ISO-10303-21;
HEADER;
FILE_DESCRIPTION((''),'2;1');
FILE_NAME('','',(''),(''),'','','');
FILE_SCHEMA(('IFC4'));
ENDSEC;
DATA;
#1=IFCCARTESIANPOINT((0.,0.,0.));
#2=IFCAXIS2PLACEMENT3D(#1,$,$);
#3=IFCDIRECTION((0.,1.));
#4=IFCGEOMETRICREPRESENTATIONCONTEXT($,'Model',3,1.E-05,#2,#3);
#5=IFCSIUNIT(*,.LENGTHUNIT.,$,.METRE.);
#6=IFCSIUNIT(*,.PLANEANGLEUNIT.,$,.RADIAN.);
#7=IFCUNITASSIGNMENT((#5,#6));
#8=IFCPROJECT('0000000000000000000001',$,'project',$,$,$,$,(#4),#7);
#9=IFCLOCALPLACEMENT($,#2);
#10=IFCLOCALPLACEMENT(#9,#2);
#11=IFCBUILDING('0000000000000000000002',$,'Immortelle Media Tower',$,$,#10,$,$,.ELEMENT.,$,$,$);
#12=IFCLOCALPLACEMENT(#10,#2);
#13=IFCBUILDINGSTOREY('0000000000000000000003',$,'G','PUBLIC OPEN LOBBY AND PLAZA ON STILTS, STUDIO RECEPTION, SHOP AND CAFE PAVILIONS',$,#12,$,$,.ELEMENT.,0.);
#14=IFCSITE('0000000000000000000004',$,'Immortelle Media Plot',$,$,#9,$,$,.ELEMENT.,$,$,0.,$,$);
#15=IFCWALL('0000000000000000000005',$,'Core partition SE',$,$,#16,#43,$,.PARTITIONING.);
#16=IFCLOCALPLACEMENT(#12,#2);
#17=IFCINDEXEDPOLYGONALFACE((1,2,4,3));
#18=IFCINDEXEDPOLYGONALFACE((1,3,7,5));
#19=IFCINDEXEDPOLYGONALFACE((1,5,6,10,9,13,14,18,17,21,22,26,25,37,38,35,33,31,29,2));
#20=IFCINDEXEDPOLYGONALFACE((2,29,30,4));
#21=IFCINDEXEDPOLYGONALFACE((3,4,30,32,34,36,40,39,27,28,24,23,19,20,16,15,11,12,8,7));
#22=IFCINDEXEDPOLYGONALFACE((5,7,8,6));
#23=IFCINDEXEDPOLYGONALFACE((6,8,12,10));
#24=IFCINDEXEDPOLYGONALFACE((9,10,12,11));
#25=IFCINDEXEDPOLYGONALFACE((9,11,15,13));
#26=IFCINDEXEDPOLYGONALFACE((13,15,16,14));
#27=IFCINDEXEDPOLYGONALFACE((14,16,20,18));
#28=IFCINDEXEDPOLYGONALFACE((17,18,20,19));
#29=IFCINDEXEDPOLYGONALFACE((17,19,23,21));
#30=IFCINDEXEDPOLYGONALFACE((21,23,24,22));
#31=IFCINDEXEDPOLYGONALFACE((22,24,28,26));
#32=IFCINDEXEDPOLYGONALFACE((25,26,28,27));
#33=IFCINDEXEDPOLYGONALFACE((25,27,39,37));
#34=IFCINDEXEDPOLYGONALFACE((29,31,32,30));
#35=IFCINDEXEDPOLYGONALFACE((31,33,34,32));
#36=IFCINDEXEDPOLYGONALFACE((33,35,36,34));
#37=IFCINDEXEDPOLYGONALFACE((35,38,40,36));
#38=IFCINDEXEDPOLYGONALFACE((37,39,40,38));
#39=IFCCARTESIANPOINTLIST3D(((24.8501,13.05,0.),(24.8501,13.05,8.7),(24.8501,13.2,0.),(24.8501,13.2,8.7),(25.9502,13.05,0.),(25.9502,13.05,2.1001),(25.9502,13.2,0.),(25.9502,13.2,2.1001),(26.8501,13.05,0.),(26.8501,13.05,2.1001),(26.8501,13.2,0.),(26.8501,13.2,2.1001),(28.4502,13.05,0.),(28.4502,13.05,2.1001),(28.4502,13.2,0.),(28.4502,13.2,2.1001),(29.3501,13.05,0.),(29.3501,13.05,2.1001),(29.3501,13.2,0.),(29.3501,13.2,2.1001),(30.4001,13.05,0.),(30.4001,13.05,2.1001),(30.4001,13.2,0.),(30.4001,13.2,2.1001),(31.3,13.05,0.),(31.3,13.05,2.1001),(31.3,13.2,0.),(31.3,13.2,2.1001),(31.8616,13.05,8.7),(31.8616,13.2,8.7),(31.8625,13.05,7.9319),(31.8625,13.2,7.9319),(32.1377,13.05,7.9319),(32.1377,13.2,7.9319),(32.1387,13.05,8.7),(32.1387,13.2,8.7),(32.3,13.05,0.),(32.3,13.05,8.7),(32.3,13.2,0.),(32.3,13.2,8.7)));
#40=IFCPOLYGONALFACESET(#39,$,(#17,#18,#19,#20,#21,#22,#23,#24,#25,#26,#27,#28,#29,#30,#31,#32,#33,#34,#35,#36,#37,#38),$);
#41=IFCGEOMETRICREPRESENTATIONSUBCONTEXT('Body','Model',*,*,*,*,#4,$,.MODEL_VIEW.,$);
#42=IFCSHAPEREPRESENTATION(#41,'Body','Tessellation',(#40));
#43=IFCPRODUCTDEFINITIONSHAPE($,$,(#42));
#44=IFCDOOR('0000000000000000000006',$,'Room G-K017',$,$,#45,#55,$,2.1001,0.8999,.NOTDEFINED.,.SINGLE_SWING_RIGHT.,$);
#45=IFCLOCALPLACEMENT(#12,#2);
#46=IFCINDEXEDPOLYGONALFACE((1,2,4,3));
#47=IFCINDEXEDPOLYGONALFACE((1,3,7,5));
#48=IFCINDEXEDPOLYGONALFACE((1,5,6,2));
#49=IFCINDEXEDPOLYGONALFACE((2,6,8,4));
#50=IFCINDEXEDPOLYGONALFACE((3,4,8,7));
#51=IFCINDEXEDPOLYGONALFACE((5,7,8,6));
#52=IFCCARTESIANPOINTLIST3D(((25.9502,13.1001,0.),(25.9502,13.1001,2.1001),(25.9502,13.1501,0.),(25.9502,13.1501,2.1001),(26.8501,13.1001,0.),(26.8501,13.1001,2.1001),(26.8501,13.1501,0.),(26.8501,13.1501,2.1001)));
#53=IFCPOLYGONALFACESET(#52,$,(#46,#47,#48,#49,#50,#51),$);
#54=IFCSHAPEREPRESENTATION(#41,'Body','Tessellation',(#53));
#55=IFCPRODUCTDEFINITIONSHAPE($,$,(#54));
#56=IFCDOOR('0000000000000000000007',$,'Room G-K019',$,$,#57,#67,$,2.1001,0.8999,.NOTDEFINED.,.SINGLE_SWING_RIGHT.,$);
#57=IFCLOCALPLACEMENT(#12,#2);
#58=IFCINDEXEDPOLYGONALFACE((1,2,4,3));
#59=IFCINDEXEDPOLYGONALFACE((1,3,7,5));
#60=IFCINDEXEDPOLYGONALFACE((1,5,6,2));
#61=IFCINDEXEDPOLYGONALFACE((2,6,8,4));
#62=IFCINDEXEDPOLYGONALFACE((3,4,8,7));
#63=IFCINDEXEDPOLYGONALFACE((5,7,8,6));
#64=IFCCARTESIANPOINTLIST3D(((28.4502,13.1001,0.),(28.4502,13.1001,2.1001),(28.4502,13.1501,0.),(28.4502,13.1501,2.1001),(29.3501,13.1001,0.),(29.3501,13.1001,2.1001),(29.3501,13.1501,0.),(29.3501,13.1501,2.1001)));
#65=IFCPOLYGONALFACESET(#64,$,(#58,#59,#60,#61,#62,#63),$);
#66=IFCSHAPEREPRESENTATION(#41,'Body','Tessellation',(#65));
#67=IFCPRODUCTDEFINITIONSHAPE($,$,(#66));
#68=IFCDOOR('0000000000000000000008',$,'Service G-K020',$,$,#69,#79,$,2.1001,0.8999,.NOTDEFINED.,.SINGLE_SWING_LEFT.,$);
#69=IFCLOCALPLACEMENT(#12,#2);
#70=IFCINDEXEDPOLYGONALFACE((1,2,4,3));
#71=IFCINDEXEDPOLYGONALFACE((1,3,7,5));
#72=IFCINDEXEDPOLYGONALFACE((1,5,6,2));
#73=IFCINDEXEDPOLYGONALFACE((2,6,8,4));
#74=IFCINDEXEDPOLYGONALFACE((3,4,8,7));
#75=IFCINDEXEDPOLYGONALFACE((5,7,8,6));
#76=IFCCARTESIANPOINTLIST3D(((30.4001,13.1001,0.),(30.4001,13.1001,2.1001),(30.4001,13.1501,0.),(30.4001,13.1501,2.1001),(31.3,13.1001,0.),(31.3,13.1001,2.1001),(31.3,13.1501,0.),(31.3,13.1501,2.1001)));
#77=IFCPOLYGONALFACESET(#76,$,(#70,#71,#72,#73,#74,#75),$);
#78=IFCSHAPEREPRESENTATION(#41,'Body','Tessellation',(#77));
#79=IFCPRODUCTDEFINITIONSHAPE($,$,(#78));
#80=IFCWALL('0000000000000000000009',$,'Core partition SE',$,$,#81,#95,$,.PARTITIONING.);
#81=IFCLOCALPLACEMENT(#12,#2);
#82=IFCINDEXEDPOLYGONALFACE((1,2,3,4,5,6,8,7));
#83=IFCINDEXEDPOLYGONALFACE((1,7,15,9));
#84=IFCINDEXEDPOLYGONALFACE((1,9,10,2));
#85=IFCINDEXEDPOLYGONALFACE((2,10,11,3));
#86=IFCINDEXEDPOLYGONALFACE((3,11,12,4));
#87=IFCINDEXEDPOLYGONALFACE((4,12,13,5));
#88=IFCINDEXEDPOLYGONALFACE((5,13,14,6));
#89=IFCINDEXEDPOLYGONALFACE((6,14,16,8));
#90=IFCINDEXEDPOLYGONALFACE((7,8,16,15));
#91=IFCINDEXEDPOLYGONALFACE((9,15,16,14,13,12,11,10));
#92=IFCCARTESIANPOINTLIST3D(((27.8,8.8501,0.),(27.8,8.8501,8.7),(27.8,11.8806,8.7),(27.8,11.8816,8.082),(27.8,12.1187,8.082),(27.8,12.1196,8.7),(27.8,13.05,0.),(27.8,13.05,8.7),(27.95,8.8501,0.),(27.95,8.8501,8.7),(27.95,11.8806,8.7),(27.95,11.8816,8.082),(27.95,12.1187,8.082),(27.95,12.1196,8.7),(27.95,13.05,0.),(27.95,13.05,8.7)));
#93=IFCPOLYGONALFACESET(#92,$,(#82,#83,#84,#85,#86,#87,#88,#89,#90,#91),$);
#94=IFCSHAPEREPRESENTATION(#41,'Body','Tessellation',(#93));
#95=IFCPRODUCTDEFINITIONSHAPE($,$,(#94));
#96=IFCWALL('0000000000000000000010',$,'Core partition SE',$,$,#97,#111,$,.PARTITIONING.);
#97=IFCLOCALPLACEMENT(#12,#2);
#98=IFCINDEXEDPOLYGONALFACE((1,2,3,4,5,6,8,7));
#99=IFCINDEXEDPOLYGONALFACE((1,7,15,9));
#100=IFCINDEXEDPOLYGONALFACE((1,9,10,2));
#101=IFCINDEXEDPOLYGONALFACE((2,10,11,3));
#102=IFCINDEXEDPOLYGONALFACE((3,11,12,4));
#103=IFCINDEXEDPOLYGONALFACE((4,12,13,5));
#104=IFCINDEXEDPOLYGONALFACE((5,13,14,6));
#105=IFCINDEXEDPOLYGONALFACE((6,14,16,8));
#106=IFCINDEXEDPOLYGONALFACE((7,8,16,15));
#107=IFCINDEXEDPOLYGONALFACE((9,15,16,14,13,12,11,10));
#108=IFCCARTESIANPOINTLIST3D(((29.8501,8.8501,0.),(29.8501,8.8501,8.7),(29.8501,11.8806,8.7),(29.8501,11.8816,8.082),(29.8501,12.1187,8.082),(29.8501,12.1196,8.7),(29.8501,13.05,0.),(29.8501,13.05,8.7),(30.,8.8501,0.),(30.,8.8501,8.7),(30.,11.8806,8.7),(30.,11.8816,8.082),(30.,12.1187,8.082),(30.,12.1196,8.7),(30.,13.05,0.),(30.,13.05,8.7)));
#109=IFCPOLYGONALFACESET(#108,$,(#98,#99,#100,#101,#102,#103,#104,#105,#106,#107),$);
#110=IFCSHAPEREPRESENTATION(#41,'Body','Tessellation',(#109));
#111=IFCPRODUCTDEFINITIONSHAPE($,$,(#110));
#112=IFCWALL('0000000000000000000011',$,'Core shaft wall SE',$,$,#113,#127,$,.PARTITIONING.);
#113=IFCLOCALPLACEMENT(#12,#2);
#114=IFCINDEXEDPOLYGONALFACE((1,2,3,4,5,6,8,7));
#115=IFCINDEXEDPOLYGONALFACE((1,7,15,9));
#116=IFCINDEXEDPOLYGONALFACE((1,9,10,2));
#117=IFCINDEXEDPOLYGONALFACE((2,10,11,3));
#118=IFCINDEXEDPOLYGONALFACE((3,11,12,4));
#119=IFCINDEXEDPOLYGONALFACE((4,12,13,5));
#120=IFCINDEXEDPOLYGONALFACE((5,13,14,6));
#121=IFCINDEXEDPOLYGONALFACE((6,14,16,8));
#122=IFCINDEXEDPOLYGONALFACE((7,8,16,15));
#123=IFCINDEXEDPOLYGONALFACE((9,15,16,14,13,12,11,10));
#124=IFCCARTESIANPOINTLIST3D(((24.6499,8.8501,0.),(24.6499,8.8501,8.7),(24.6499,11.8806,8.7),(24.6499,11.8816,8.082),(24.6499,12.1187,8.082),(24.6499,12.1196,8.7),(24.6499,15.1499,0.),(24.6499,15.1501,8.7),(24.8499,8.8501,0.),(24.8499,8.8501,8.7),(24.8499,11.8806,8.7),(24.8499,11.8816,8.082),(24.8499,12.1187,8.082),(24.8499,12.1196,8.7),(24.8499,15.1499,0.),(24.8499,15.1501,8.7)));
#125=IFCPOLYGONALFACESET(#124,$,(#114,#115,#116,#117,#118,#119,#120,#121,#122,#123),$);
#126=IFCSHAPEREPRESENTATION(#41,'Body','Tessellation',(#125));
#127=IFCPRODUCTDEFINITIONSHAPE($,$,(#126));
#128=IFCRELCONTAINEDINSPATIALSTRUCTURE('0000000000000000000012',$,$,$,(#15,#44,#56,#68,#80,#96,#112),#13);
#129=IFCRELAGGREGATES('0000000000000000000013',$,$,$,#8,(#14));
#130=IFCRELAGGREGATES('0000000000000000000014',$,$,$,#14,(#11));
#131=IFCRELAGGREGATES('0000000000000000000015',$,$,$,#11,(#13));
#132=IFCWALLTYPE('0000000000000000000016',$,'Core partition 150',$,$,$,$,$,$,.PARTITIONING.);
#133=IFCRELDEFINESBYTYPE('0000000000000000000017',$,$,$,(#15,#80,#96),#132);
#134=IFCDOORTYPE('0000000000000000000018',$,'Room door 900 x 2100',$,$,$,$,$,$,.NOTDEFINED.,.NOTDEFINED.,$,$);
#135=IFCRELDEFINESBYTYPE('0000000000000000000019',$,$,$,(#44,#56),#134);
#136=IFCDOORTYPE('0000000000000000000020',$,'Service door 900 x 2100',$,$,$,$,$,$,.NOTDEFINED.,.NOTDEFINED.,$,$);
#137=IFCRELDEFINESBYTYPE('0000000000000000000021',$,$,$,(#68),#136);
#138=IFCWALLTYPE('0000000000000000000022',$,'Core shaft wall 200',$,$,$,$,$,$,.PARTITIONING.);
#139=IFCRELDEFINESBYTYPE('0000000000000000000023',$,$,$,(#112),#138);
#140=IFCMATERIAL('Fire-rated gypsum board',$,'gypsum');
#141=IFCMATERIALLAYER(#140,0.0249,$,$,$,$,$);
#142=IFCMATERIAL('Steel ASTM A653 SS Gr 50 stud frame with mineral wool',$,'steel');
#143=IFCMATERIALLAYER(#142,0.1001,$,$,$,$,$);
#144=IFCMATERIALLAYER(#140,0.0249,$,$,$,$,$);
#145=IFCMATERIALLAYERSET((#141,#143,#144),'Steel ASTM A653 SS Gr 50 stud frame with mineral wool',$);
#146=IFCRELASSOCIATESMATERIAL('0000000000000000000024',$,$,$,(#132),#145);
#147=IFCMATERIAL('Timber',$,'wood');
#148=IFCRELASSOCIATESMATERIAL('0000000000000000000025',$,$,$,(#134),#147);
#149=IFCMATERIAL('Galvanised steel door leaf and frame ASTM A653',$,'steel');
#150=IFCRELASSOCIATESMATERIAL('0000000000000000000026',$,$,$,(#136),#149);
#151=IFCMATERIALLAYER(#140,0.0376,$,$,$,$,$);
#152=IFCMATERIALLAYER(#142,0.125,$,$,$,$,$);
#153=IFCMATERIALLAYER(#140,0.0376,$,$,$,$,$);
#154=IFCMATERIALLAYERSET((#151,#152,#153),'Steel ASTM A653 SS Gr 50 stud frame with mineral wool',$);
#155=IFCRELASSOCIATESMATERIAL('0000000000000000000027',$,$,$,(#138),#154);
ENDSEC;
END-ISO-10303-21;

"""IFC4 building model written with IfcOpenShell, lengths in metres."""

from ifc_helpers import new_model, si_unit, direction, frame, frame_2d, origin, place, context, subcontext, project, spatial, polyline, rectangle, outline, extrude, material, layer, layer_set, type_object, element, fill, save


model = new_model("IFC4")

# Units and contexts
model_context = context("Model", 3, precision=1e-05, world=origin(), true_north=direction((0.0, 1.0)))
body_context = subcontext(model_context, "Body", "Model", "MODEL_VIEW")
ifc_project = project(units=[si_unit("LENGTHUNIT", "METRE"), si_unit("PLANEANGLEUNIT", "RADIAN")], contexts=[model_context])

# Site, building, storey
site_placement = place(None, origin())
site = spatial("IfcSite", under=ifc_project, at=site_placement, Name="Immortelle Media Plot", CompositionType="ELEMENT", RefElevation=0.0)
building_placement = place(site_placement, origin())
building = spatial("IfcBuilding", under=site, at=building_placement, Name="Immortelle Media Tower", CompositionType="ELEMENT")
storey_placement = place(building_placement, origin())
storey = spatial("IfcBuildingStorey", under=building, at=storey_placement, Name="G", Description="PUBLIC OPEN LOBBY AND PLAZA ON STILTS, STUDIO RECEPTION, SHOP AND CAFE PAVILIONS", CompositionType="ELEMENT", Elevation=0.0)

# Wall, openings, doors
ifc_material_1 = material(Name="Fire-rated gypsum board", Category="gypsum")
ifc_layer_1 = layer(ifc_material_1, 0.0249)
ifc_material_2 = material(Name="Steel ASTM A653 SS Gr 50 stud frame with mineral wool", Category="steel")
ifc_layer_2 = layer(ifc_material_2, 0.1001)
ifc_layer_3 = layer(ifc_material_1, 0.0249)
ifc_layer_set_1 = layer_set([ifc_layer_1, ifc_layer_2, ifc_layer_3], Name="Steel ASTM A653 SS Gr 50 stud frame with mineral wool")
wall_type_1 = type_object("IfcWallType", Name="Core partition 150", PredefinedType="PARTITIONING", material=ifc_layer_set_1)
wall_1_placement = place(storey_placement, frame((24.8501, 13.125, 0.0), z_axis=(0.0, 0.0, 1.0), x_axis=(1.0, 0.0, 0.0)))
wall_1 = element("IfcWall", 1, at=wall_1_placement, inside=storey, type_object=wall_type_1, Name="Core partition SE", PredefinedType="PARTITIONING", context=body_context, shape_type="SweptSolid", body=[
    extrude(outline(polyline([(0.0, 0.0), (7.45, 0.0), (7.45, 8.7), (7.2886, 8.7), (7.2876, 7.9319), (7.0125, 7.9319), (7.0115, 8.7), (0.0, 8.7), (0.0, 0.0)])), frame((0.0, 0.075, 0.0), z_axis=(0.0, -1.0, 0.0), x_axis=(1.0, 0.0, 0.0)), (0.0, 0.0, 1.0), 0.1499),
])
opening_1_placement = place(wall_1_placement, frame((2.0, 0.0, 0.0), z_axis=(0.0, 0.0, 1.0), x_axis=(-1.0, 0.0, 0.0)))
opening_1 = element("IfcOpeningElement", 2, at=opening_1_placement, cuts=wall_1, PredefinedType="OPENING", context=body_context, shape_type="SweptSolid", body=[
    extrude(rectangle(XDim=0.8999, YDim=2.1001, at=frame_2d((0.45, 1.05))), frame((0.0, 0.085, 0.0), z_axis=(0.0, -1.0, 0.0), x_axis=(1.0, 0.0, 0.0)), (0.0, 0.0, 1.0), 0.1699),
])
opening_2_placement = place(wall_1_placement, frame((4.5, 0.0, 0.0), z_axis=(0.0, 0.0, 1.0), x_axis=(-1.0, 0.0, 0.0)))
opening_2 = element("IfcOpeningElement", 3, at=opening_2_placement, cuts=wall_1, PredefinedType="OPENING", context=body_context, shape_type="SweptSolid", body=[
    extrude(rectangle(XDim=0.8999, YDim=2.1001, at=frame_2d((0.45, 1.05))), frame((0.0, 0.085, 0.0), z_axis=(0.0, -1.0, 0.0), x_axis=(1.0, 0.0, 0.0)), (0.0, 0.0, 1.0), 0.1699),
])
opening_3_placement = place(wall_1_placement, frame((6.45, 0.0, 0.0), z_axis=(0.0, 0.0, 1.0), x_axis=(-1.0, 0.0, 0.0)))
opening_3 = element("IfcOpeningElement", 4, at=opening_3_placement, cuts=wall_1, PredefinedType="OPENING", context=body_context, shape_type="SweptSolid", body=[
    extrude(rectangle(XDim=0.8999, YDim=2.1001, at=frame_2d((0.45, 1.05))), frame((0.0, 0.085, 0.0), z_axis=(0.0, -1.0, 0.0), x_axis=(1.0, 0.0, 0.0)), (0.0, 0.0, 1.0), 0.1699),
])
ifc_material_3 = material(Name="Timber", Category="wood")
door_type_1 = type_object("IfcDoorType", Name="Room door 900 x 2100", OperationType="NOTDEFINED", PredefinedType="NOTDEFINED", material=ifc_material_3)
door_1_placement = place(opening_1_placement, origin())
door_1 = element("IfcDoor", 5, at=door_1_placement, inside=storey, type_object=door_type_1, Name="Room G-K017", OperationType="SINGLE_SWING_RIGHT", OverallHeight=2.1001, OverallWidth=0.8999, PredefinedType="NOTDEFINED", context=body_context, shape_type="SweptSolid", body=[
    extrude(rectangle(XDim=0.8999, YDim=2.1001, at=frame_2d((0.45, 1.05))), frame((0.0, 0.0249, 0.0), z_axis=(0.0, -1.0, 0.0), x_axis=(1.0, 0.0, 0.0)), (0.0, 0.0, 1.0), 0.05),
])
fill(opening_1, door_1)
door_2_placement = place(opening_2_placement, origin())
door_2 = element("IfcDoor", 6, at=door_2_placement, inside=storey, type_object=door_type_1, Name="Room G-K019", OperationType="SINGLE_SWING_RIGHT", OverallHeight=2.1001, OverallWidth=0.8999, PredefinedType="NOTDEFINED", context=body_context, shape_type="SweptSolid", body=[
    extrude(rectangle(XDim=0.8999, YDim=2.1001, at=frame_2d((0.45, 1.05))), frame((0.0, 0.0249, 0.0), z_axis=(0.0, -1.0, 0.0), x_axis=(1.0, 0.0, 0.0)), (0.0, 0.0, 1.0), 0.05),
])
fill(opening_2, door_2)
ifc_material_4 = material(Name="Galvanised steel door leaf and frame ASTM A653", Category="steel")
door_type_2 = type_object("IfcDoorType", Name="Service door 900 x 2100", OperationType="NOTDEFINED", PredefinedType="NOTDEFINED", material=ifc_material_4)
door_3_placement = place(opening_3_placement, origin())
door_3 = element("IfcDoor", 7, at=door_3_placement, inside=storey, type_object=door_type_2, Name="Service G-K020", OperationType="SINGLE_SWING_LEFT", OverallHeight=2.1001, OverallWidth=0.8999, PredefinedType="NOTDEFINED", context=body_context, shape_type="SweptSolid", body=[
    extrude(rectangle(XDim=0.8999, YDim=2.1001, at=frame_2d((0.45, 1.05))), frame((0.0, 0.0249, 0.0), z_axis=(0.0, -1.0, 0.0), x_axis=(1.0, 0.0, 0.0)), (0.0, 0.0, 1.0), 0.05),
])
fill(opening_3, door_3)

# Walls
for number, where, z_axis, x_axis, name in (
    (8, (27.875, 8.8501, 0.0), (0.0, 0.0, 1.0), (0.0, 1.0, 0.0), "Core partition SE"),
    (9, (29.925, 8.8501, 0.0), (0.0, 0.0, 1.0), (0.0, 1.0, 0.0), "Core partition SE"),
):
    element("IfcWall", number, at=place(storey_placement, frame(where, z_axis=z_axis, x_axis=x_axis)), inside=storey, type_object=wall_type_1, Name=name, PredefinedType="PARTITIONING", context=body_context, shape_type="SweptSolid", body=[
        extrude(outline(polyline([(0.0, 0.0), (4.2, 0.0), (4.2, 8.7), (3.2695, 8.7), (3.2686, 8.082), (3.0315, 8.082), (3.0305, 8.7), (0.0, 8.7), (0.0, 0.0)])), frame((0.0, 0.075, 0.0), z_axis=(0.0, -1.0, 0.0), x_axis=(1.0, 0.0, 0.0)), (0.0, 0.0, 1.0), 0.1499),
    ])
ifc_layer_4 = layer(ifc_material_1, 0.0376)
ifc_layer_5 = layer(ifc_material_2, 0.125)
ifc_layer_6 = layer(ifc_material_1, 0.0376)
ifc_layer_set_2 = layer_set([ifc_layer_4, ifc_layer_5, ifc_layer_6], Name="Steel ASTM A653 SS Gr 50 stud frame with mineral wool")
wall_type_2 = type_object("IfcWallType", Name="Core shaft wall 200", PredefinedType="PARTITIONING", material=ifc_layer_set_2)
wall_2_placement = place(storey_placement, frame((24.75, 8.8501, 0.0), z_axis=(0.0, 0.0, 1.0), x_axis=(0.0, 1.0, 0.0)))
element("IfcWall", 10, at=wall_2_placement, inside=storey, type_object=wall_type_2, Name="Core shaft wall SE", PredefinedType="PARTITIONING", context=body_context, shape_type="SweptSolid", body=[
    extrude(outline(polyline([(0.0, 0.0), (6.2998, 0.0), (6.3, 8.7), (3.2695, 8.7), (3.2686, 8.082), (3.0315, 8.082), (3.0305, 8.7), (0.0, 8.7), (0.0, 0.0)])), frame((0.0, 0.1001, 0.0), z_axis=(0.0, -1.0, 0.0), x_axis=(1.0, 0.0, 0.0)), (0.0, 0.0, 1.0), 0.2),
])

save(model, "model.ifc")
